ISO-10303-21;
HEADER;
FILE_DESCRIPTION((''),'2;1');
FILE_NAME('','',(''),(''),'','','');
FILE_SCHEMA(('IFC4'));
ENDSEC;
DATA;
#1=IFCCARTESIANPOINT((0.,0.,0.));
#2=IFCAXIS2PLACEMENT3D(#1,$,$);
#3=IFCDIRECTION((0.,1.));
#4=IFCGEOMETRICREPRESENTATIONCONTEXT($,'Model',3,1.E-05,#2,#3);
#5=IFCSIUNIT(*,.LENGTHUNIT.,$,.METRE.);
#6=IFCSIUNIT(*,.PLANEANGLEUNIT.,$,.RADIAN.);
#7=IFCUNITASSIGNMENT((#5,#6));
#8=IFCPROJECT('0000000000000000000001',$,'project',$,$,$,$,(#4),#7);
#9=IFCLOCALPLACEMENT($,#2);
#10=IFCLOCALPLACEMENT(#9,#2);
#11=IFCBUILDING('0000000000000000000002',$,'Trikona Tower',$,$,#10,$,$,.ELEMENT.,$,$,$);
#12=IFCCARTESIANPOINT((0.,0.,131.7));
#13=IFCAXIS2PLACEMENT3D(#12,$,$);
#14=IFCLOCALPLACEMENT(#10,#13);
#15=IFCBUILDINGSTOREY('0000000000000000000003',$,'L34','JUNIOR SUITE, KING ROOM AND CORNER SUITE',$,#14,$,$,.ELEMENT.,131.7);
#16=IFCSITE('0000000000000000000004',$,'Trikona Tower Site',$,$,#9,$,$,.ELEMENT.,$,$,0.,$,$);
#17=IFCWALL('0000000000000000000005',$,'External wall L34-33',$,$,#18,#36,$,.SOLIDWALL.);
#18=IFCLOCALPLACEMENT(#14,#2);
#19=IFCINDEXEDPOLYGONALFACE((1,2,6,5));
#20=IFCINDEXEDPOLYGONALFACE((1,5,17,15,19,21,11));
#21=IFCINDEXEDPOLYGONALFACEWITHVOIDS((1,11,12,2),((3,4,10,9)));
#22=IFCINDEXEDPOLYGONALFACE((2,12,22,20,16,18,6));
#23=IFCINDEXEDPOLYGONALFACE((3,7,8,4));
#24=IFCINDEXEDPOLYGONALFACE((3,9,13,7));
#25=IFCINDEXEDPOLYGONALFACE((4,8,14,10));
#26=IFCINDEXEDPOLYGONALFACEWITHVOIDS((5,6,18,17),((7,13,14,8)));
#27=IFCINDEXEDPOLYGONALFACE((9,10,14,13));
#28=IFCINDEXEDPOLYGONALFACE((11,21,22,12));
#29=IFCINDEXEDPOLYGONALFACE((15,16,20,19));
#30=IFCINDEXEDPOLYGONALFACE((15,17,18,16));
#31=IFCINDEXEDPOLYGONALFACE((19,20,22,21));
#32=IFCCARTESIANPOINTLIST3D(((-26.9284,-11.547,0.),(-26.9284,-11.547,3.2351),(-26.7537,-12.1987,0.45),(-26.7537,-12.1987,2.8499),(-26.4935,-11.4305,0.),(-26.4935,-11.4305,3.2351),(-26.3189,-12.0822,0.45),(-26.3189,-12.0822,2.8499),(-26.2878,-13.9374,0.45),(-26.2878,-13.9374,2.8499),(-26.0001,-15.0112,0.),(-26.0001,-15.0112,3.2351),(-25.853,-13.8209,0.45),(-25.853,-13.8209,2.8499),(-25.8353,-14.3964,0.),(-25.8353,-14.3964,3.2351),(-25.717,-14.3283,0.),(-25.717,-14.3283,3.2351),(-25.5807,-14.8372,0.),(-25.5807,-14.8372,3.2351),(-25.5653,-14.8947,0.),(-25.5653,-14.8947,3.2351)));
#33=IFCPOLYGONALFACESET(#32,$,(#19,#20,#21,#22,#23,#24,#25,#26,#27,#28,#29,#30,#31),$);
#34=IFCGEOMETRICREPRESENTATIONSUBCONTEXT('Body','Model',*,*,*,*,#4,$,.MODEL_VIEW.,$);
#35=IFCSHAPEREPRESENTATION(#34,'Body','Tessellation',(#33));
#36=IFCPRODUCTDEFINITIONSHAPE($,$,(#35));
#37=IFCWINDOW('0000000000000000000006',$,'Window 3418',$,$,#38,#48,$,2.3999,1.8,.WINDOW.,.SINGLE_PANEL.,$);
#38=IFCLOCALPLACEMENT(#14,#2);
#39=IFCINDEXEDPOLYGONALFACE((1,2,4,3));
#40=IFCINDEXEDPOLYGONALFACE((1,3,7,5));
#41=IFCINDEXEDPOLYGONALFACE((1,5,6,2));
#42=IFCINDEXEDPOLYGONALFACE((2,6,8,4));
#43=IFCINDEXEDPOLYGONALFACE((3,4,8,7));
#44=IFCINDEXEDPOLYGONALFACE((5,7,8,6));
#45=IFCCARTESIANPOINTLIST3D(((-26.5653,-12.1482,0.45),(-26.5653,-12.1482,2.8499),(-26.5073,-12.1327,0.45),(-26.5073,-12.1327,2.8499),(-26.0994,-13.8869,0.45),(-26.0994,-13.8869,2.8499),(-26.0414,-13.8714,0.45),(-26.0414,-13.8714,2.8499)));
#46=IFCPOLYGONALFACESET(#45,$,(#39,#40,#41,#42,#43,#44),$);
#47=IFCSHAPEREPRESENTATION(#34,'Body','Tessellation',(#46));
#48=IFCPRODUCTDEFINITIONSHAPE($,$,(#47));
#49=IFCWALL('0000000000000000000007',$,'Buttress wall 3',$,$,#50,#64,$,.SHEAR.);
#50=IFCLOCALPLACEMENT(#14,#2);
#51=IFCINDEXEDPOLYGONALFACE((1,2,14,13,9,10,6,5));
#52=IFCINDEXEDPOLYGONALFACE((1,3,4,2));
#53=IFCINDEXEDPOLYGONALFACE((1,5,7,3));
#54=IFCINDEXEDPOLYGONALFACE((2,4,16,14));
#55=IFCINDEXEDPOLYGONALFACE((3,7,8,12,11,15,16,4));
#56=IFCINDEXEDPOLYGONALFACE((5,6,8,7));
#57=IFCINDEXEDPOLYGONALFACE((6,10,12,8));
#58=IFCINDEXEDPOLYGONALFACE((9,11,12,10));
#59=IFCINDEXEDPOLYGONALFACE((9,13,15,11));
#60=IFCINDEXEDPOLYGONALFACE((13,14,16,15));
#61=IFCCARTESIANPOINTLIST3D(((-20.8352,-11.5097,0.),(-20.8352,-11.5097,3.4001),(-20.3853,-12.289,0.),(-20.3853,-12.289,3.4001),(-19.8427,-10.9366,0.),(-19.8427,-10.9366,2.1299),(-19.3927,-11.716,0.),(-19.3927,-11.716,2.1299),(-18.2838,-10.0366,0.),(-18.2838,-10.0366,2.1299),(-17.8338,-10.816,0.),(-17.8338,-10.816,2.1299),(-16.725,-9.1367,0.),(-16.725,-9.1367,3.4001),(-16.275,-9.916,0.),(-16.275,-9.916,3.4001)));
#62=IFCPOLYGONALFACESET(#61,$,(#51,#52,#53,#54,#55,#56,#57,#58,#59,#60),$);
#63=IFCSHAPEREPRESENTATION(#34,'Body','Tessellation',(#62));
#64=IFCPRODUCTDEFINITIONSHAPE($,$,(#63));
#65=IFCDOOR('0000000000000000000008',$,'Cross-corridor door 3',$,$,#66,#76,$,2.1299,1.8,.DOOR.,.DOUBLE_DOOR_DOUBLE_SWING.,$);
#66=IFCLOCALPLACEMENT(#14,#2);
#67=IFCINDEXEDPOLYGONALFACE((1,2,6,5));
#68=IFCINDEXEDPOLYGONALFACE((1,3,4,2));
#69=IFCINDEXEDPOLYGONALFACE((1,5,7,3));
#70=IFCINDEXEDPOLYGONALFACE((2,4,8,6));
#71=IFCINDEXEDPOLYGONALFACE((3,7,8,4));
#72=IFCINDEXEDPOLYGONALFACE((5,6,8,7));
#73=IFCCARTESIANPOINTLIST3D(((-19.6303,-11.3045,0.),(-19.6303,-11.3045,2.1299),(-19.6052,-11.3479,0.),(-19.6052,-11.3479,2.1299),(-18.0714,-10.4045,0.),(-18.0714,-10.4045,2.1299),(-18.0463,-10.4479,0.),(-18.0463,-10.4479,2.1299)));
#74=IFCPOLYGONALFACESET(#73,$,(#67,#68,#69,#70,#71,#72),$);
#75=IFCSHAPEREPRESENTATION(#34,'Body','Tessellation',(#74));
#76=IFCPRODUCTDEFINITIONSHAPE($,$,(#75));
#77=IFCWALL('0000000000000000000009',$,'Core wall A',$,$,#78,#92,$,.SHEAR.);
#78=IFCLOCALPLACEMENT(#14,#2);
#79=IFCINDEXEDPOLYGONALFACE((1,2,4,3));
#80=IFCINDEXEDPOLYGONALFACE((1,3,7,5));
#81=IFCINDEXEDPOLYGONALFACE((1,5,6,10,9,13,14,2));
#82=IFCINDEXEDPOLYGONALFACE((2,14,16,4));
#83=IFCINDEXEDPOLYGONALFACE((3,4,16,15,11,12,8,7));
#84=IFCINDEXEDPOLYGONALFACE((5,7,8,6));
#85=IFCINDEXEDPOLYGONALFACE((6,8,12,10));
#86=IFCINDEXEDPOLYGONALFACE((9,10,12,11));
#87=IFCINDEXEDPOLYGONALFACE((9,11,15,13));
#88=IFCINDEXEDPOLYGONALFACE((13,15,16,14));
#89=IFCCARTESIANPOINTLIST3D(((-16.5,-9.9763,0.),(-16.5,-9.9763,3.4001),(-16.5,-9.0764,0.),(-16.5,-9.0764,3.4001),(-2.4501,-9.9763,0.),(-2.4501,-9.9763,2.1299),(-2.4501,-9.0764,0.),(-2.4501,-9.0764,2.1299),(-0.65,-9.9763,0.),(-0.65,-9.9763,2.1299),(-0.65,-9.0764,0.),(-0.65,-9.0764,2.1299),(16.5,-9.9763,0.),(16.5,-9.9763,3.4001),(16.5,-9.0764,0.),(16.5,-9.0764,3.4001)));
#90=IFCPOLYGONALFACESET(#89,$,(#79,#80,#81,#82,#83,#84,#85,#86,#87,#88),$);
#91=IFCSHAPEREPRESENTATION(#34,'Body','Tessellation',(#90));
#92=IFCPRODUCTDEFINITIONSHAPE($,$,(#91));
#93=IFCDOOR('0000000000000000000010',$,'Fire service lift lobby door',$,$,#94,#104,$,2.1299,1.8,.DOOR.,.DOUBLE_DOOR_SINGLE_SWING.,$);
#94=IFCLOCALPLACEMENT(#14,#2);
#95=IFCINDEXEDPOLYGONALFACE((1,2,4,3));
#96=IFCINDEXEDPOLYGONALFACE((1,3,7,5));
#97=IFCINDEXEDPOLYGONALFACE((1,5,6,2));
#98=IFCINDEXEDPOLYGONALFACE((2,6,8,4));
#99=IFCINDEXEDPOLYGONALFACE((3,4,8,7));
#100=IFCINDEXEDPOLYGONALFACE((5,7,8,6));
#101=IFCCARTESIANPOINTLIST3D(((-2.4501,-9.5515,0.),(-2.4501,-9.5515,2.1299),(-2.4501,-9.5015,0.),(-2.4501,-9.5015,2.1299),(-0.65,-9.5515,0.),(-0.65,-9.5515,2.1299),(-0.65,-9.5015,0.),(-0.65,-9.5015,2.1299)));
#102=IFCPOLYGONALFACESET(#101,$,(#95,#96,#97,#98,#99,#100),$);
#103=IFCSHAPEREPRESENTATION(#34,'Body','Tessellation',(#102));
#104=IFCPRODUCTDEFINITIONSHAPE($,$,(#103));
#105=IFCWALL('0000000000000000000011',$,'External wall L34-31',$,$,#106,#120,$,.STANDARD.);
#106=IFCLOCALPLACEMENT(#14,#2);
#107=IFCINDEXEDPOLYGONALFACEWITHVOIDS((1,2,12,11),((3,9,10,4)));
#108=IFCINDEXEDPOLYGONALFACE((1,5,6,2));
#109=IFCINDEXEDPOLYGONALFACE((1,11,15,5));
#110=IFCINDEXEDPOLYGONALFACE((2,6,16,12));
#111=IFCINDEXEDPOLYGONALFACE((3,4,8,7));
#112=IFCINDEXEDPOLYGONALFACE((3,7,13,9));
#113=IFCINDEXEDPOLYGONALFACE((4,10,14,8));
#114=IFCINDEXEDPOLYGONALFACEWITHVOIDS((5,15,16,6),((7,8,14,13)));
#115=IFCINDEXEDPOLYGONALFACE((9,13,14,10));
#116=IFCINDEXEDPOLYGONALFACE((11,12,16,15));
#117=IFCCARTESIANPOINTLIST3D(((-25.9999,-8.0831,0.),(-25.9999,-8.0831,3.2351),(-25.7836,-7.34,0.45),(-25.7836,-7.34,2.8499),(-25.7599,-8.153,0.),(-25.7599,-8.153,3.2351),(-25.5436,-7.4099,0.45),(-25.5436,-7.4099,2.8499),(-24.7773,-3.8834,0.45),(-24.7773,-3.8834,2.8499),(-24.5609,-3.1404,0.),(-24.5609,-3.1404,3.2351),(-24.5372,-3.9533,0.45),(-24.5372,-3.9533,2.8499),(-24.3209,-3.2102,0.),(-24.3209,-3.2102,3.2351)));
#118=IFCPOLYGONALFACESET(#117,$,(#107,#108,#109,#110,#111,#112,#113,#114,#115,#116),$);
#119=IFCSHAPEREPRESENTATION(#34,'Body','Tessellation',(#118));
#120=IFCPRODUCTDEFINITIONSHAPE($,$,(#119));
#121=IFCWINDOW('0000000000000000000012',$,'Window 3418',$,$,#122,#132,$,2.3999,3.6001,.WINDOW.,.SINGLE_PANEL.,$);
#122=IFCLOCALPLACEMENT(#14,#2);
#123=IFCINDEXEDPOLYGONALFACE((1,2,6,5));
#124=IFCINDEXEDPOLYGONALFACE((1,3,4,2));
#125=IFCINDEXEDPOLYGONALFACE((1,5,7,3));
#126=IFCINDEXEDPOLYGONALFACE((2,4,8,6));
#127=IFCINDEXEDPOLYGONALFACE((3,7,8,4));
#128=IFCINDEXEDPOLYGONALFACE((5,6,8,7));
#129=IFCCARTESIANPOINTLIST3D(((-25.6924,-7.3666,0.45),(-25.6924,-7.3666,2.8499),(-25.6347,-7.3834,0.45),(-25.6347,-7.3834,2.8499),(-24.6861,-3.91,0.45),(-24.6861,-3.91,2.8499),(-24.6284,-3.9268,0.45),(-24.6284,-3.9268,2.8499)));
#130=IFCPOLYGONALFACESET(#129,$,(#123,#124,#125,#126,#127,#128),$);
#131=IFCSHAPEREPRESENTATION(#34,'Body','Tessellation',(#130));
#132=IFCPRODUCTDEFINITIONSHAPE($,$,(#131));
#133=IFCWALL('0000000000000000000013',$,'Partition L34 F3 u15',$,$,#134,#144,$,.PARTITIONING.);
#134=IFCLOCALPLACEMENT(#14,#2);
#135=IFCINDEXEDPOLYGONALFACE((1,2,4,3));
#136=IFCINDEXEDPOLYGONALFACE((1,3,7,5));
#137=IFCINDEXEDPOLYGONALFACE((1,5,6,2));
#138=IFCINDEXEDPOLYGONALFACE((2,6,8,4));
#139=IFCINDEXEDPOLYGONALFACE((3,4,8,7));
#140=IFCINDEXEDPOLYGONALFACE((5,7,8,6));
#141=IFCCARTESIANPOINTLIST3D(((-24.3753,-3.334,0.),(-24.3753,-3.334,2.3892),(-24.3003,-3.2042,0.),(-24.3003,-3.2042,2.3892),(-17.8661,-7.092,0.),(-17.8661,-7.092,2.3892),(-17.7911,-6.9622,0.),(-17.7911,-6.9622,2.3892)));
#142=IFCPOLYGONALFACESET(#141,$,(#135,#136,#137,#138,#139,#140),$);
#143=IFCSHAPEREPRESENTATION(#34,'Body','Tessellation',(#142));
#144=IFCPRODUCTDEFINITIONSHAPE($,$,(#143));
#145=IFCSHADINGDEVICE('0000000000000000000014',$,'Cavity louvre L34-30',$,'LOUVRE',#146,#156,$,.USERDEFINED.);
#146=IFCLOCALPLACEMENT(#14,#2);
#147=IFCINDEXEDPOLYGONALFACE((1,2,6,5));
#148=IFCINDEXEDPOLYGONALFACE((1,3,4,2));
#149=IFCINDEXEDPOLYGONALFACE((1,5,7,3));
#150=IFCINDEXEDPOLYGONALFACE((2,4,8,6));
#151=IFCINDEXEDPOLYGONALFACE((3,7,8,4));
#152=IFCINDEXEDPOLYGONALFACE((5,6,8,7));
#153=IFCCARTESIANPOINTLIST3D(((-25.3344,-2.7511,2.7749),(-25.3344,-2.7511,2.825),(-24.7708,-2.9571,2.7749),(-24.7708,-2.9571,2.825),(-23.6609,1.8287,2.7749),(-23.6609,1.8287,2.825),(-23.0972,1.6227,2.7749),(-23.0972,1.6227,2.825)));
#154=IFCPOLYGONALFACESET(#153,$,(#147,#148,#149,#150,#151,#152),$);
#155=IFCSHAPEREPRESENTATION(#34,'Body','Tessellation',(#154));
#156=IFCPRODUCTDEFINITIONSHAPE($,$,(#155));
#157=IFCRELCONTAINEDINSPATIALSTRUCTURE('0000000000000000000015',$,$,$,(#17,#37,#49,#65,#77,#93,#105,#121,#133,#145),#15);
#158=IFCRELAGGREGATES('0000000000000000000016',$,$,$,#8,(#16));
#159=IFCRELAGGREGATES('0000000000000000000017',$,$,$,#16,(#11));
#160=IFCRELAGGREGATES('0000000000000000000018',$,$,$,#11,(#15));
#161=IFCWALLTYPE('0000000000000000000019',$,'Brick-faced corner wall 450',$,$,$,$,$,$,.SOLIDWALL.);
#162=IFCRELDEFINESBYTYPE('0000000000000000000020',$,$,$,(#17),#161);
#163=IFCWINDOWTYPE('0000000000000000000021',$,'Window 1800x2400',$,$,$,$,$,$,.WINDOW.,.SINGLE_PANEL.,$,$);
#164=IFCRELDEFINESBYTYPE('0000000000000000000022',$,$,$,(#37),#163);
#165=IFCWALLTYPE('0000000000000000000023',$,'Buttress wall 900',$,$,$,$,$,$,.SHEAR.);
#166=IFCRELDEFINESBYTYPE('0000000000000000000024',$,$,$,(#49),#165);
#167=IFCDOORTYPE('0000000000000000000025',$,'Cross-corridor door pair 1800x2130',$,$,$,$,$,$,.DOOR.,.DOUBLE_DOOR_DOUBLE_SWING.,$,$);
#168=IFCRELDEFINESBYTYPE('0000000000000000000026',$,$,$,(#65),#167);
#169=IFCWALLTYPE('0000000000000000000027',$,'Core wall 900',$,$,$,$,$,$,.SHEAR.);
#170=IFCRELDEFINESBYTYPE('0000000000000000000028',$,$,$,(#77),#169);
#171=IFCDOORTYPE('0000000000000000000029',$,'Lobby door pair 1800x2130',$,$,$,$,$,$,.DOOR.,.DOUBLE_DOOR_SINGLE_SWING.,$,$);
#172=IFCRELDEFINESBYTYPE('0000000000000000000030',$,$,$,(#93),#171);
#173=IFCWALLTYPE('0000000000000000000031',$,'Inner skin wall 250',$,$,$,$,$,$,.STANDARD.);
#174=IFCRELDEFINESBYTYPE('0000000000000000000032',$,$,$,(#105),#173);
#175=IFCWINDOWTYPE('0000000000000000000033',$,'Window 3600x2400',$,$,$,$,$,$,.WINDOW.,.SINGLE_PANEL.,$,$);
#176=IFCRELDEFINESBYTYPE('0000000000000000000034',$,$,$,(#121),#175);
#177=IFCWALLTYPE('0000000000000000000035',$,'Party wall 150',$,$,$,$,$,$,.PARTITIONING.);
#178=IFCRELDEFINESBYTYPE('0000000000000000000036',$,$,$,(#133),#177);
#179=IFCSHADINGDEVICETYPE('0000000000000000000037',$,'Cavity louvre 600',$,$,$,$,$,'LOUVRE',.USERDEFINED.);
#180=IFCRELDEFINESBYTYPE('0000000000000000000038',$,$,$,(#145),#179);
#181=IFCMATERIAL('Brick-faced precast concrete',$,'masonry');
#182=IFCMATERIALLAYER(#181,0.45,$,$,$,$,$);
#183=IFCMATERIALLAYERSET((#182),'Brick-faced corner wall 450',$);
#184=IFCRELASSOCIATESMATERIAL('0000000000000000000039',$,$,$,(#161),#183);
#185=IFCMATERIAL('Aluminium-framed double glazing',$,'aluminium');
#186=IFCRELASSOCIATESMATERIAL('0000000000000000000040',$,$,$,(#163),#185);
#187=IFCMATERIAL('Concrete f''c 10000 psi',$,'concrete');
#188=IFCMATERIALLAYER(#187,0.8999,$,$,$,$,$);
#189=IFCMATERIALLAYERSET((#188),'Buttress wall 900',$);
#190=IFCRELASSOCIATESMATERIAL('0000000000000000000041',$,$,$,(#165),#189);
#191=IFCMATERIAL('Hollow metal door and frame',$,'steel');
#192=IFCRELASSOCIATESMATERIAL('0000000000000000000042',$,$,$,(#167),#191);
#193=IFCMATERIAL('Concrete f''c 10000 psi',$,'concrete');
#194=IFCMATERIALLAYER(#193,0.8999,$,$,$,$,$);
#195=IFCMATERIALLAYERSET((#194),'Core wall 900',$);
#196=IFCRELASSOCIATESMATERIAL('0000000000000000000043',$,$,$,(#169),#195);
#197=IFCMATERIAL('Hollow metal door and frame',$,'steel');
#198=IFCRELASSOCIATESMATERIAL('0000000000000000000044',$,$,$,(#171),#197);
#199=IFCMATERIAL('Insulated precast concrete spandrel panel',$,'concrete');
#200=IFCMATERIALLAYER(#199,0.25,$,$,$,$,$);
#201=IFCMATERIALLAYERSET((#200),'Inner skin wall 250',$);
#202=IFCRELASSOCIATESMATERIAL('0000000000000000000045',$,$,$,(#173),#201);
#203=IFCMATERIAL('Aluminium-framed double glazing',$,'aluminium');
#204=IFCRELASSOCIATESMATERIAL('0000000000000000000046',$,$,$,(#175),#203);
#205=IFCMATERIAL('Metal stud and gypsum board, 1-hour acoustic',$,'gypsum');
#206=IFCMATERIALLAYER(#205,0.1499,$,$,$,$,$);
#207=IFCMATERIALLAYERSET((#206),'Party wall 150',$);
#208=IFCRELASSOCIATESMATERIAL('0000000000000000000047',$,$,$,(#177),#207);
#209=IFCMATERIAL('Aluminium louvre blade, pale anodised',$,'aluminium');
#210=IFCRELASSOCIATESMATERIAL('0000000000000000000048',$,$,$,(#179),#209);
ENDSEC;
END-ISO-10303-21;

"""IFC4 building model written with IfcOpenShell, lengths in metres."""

from ifc_helpers import new_model, si_unit, direction, frame, frame_2d, origin, origin_2d, place, context, subcontext, project, spatial, polyline, rectangle, outline, extrude, material, layer, layer_set, type_object, element, fill, save


model = new_model("IFC4")

# Units and contexts
model_context = context("Model", 3, precision=1e-05, world=origin(), true_north=direction((0.0, 1.0)))
body_context = subcontext(model_context, "Body", "Model", "MODEL_VIEW")
ifc_project = project(units=[si_unit("LENGTHUNIT", "METRE"), si_unit("PLANEANGLEUNIT", "RADIAN")], contexts=[model_context])

# Site, building, storey
site_placement = place(None, origin())
site = spatial("IfcSite", under=ifc_project, at=site_placement, Name="Trikona Tower Site", CompositionType="ELEMENT", RefElevation=0.0)
building_placement = place(site_placement, origin())
building = spatial("IfcBuilding", under=site, at=building_placement, Name="Trikona Tower", CompositionType="ELEMENT")
storey_placement = place(building_placement, frame((0.0, 0.0, 131.7)))
storey = spatial("IfcBuildingStorey", under=building, at=storey_placement, Name="L34", Description="JUNIOR SUITE, KING ROOM AND CORNER SUITE", CompositionType="ELEMENT", Elevation=131.7)

# Wall, opening, window
ifc_material_1 = material(Name="Brick-faced precast concrete", Category="masonry")
ifc_layer_1 = layer(ifc_material_1, 0.45)
ifc_layer_set_1 = layer_set([ifc_layer_1], Name="Brick-faced corner wall 450")
wall_type_1 = type_object("IfcWallType", Name="Brick-faced corner wall 450", PredefinedType="SOLIDWALL", material=ifc_layer_set_1)
wall_1_placement = place(storey_placement, frame((-26.7109, -11.4888, 0.0), z_axis=(0.0, 0.0, 1.0), x_axis=(0.258823, -0.965925, 0.0)))
wall_1 = element("IfcWall", 1, at=wall_1_placement, inside=storey, type_object=wall_type_1, Name="External wall L34-33", PredefinedType="SOLIDWALL", context=body_context, shape_type="SweptSolid", body=[
    extrude(outline(polyline([(3.5864, 0.2251), (3.5269, 0.2251), (3.0352, 0.0933), (3.0, 0.2251), (0.0, 0.2251), (0.0, -0.2251), (3.5864, -0.2251), (3.5864, 0.2251)])), origin(), (0.0, 0.0, 1.0), 3.2351),
])
opening_1_placement = place(wall_1_placement, frame((0.6748, 0.0, 0.45)))
opening_1 = element("IfcOpeningElement", 2, at=opening_1_placement, cuts=wall_1, PredefinedType="OPENING", context=body_context, shape_type="SweptSolid", body=[
    extrude(rectangle(XDim=1.8, YDim=2.3999, at=frame_2d((0.8999, 1.2))), frame((0.0, 0.2349, 0.0), z_axis=(0.0, -1.0, 0.0), x_axis=(1.0, 0.0, 0.0)), (0.0, 0.0, 1.0), 0.47),
])
ifc_material_2 = material(Name="Aluminium-framed double glazing", Category="aluminium")
window_type_1 = type_object("IfcWindowType", Name="Window 1800x2400", PartitioningType="SINGLE_PANEL", PredefinedType="WINDOW", material=ifc_material_2)
window_1_placement = place(opening_1_placement, origin())
window_1 = element("IfcWindow", 3, at=window_1_placement, inside=storey, type_object=window_type_1, Name="Window 3418", OverallHeight=2.3999, OverallWidth=1.8, PartitioningType="SINGLE_PANEL", PredefinedType="WINDOW", context=body_context, shape_type="SweptSolid", body=[
    extrude(rectangle(XDim=1.8, YDim=2.3999, at=frame_2d((0.8999, 1.2))), frame((0.0, 0.03, 0.0), z_axis=(0.0, -1.0, 0.0), x_axis=(1.0, 0.0, 0.0)), (0.0, 0.0, 1.0), 0.0601),
])
fill(opening_1, window_1)

# Walls, openings, doors
ifc_material_3 = material(Name="Concrete f'c 10000 psi", Category="concrete")
ifc_layer_2 = layer(ifc_material_3, 0.8999)
ifc_layer_set_2 = layer_set([ifc_layer_2], Name="Buttress wall 900")
wall_type_2 = type_object("IfcWallType", Name="Buttress wall 900", PredefinedType="SHEAR", material=ifc_layer_set_2)
wall_2_placement = place(storey_placement, frame((-16.5, -9.5264, 0.0), z_axis=(0.0, 0.0, 1.0), x_axis=(-0.866031, -0.49999, 0.0)))
wall_2 = element("IfcWall", 4, at=wall_2_placement, inside=storey, type_object=wall_type_2, Name="Buttress wall 3", PredefinedType="SHEAR", context=body_context, shape_type="SweptSolid", body=[
    extrude(rectangle(XDim=4.7461, YDim=0.8999, at=frame_2d((2.373, 0.0))), origin(), (0.0, 0.0, 1.0), 3.4001),
])
opening_2_placement = place(wall_2_placement, frame((1.8, 0.0, 0.0)))
opening_2 = element("IfcOpeningElement", 5, at=opening_2_placement, cuts=wall_2, PredefinedType="OPENING", context=body_context, shape_type="SweptSolid", body=[
    extrude(rectangle(XDim=1.8, YDim=2.1299, at=frame_2d((0.8999, 1.0649))), frame((0.0, 0.46, 0.0), z_axis=(0.0, -1.0, 0.0), x_axis=(1.0, 0.0, 0.0)), (0.0, 0.0, 1.0), 0.9199),
])
ifc_material_4 = material(Name="Hollow metal door and frame", Category="steel")
door_type_1 = type_object("IfcDoorType", Name="Cross-corridor door pair 1800x2130", OperationType="DOUBLE_DOOR_DOUBLE_SWING", PredefinedType="DOOR", material=ifc_material_4)
door_1_placement = place(opening_2_placement, origin())
door_1 = element("IfcDoor", 6, at=door_1_placement, inside=storey, type_object=door_type_1, Name="Cross-corridor door 3", OperationType="DOUBLE_DOOR_DOUBLE_SWING", OverallHeight=2.1299, OverallWidth=1.8, PredefinedType="DOOR", context=body_context, shape_type="SweptSolid", body=[
    extrude(rectangle(XDim=1.8, YDim=2.1299, at=frame_2d((0.8999, 1.0649))), frame((0.0, 0.0249, 0.0), z_axis=(0.0, -1.0, 0.0), x_axis=(1.0, 0.0, 0.0)), (0.0, 0.0, 1.0), 0.05),
])
fill(opening_2, door_1)
ifc_material_5 = material(Name="Concrete f'c 10000 psi", Category="concrete")
ifc_layer_3 = layer(ifc_material_5, 0.8999)
ifc_layer_set_3 = layer_set([ifc_layer_3], Name="Core wall 900")
wall_type_3 = type_object("IfcWallType", Name="Core wall 900", PredefinedType="SHEAR", material=ifc_layer_set_3)
wall_3_placement = place(storey_placement, frame((-16.5, -9.5264, 0.0), z_axis=(0.0, 0.0, 1.0), x_axis=(1.0, 0.0, 0.0)))
wall_3 = element("IfcWall", 7, at=wall_3_placement, inside=storey, type_object=wall_type_3, Name="Core wall A", PredefinedType="SHEAR", context=body_context, shape_type="SweptSolid", body=[
    extrude(rectangle(XDim=33.0, YDim=0.8999, at=frame_2d((16.5, 0.0))), origin(), (0.0, 0.0, 1.0), 3.4001),
])
opening_3_placement = place(wall_3_placement, frame((14.05, 0.0, 0.0)))
opening_3 = element("IfcOpeningElement", 8, at=opening_3_placement, cuts=wall_3, PredefinedType="OPENING", context=body_context, shape_type="SweptSolid", body=[
    extrude(rectangle(XDim=1.8, YDim=2.1299, at=frame_2d((0.8999, 1.0649))), frame((0.0, 0.46, 0.0), z_axis=(0.0, -1.0, 0.0), x_axis=(1.0, 0.0, 0.0)), (0.0, 0.0, 1.0), 0.9199),
])
ifc_material_6 = material(Name="Hollow metal door and frame", Category="steel")
door_type_2 = type_object("IfcDoorType", Name="Lobby door pair 1800x2130", OperationType="DOUBLE_DOOR_SINGLE_SWING", PredefinedType="DOOR", material=ifc_material_6)
door_2_placement = place(opening_3_placement, origin())
door_2 = element("IfcDoor", 9, at=door_2_placement, inside=storey, type_object=door_type_2, Name="Fire service lift lobby door", OperationType="DOUBLE_DOOR_SINGLE_SWING", OverallHeight=2.1299, OverallWidth=1.8, PredefinedType="DOOR", context=body_context, shape_type="SweptSolid", body=[
    extrude(rectangle(XDim=1.8, YDim=2.1299, at=frame_2d((0.8999, 1.0649))), frame((0.0, 0.0249, 0.0), z_axis=(0.0, -1.0, 0.0), x_axis=(1.0, 0.0, 0.0)), (0.0, 0.0, 1.0), 0.05),
])
fill(opening_3, door_2)

# Wall, opening, window
ifc_material_7 = material(Name="Insulated precast concrete spandrel panel", Category="concrete")
ifc_layer_4 = layer(ifc_material_7, 0.25)
ifc_layer_set_4 = layer_set([ifc_layer_4], Name="Inner skin wall 250")
wall_type_4 = type_object("IfcWallType", Name="Inner skin wall 250", PredefinedType="STANDARD", material=ifc_layer_set_4)
wall_4_placement = place(storey_placement, frame((-24.4409, -3.1753, 0.0), z_axis=(0.0, 0.0, 1.0), x_axis=(-0.279528, -0.960137, 0.0)))
wall_4 = element("IfcWall", 10, at=wall_4_placement, inside=storey, type_object=wall_type_4, Name="External wall L34-31", PredefinedType="STANDARD", context=body_context, shape_type="SweptSolid", body=[
    extrude(rectangle(XDim=5.1479, YDim=0.25, at=frame_2d((2.574, 0.0))), origin(), (0.0, 0.0, 1.0), 3.2351),
])
opening_4_placement = place(wall_4_placement, frame((0.7739, 0.0, 0.45)))
opening_4 = element("IfcOpeningElement", 11, at=opening_4_placement, cuts=wall_4, PredefinedType="OPENING", context=body_context, shape_type="SweptSolid", body=[
    extrude(rectangle(XDim=3.6001, YDim=2.3999, at=frame_2d((1.8, 1.2))), frame((0.0, 0.135, 0.0), z_axis=(0.0, -1.0, 0.0), x_axis=(1.0, 0.0, 0.0)), (0.0, 0.0, 1.0), 0.27),
])
ifc_material_8 = material(Name="Aluminium-framed double glazing", Category="aluminium")
window_type_2 = type_object("IfcWindowType", Name="Window 3600x2400", PartitioningType="SINGLE_PANEL", PredefinedType="WINDOW", material=ifc_material_8)
window_2_placement = place(opening_4_placement, origin())
window_2 = element("IfcWindow", 12, at=window_2_placement, inside=storey, type_object=window_type_2, Name="Window 3418", OverallHeight=2.3999, OverallWidth=3.6001, PartitioningType="SINGLE_PANEL", PredefinedType="WINDOW", context=body_context, shape_type="SweptSolid", body=[
    extrude(rectangle(XDim=3.6001, YDim=2.3999, at=frame_2d((1.8, 1.2))), frame((0.0, 0.03, 0.0), z_axis=(0.0, -1.0, 0.0), x_axis=(1.0, 0.0, 0.0)), (0.0, 0.0, 1.0), 0.0601),
])
fill(opening_4, window_2)

# Wall
ifc_material_9 = material(Name="Metal stud and gypsum board, 1-hour acoustic", Category="gypsum")
ifc_layer_5 = layer(ifc_material_9, 0.1499)
ifc_layer_set_5 = layer_set([ifc_layer_5], Name="Party wall 150")
wall_type_5 = type_object("IfcWallType", Name="Party wall 150", PredefinedType="PARTITIONING", material=ifc_layer_set_5)
wall_5_placement = place(storey_placement, frame((-17.8286, -7.0271, 0.0), z_axis=(0.0, 0.0, 1.0), x_axis=(-0.86603, 0.499992, 0.0)))
element("IfcWall", 13, at=wall_5_placement, inside=storey, type_object=wall_type_5, Name="Partition L34 F3 u15", PredefinedType="PARTITIONING", context=body_context, shape_type="SweptSolid", body=[
    extrude(rectangle(XDim=7.5161, YDim=0.1499, at=frame_2d((3.7581, 0.0))), origin(), (0.0, 0.0, 1.0), 2.3892),
])

# Shading device
ifc_material_10 = material(Name="Aluminium louvre blade, pale anodised", Category="aluminium")
shading_device_type = type_object("IfcShadingDeviceType", Name="Cavity louvre 600", ElementType="LOUVRE", PredefinedType="USERDEFINED", material=ifc_material_10)
shading_device_1_placement = place(storey_placement, frame((-24.2158, -0.5642, 2.7749), z_axis=(0.0, 0.0, 1.0), x_axis=(-0.34322, -0.939255, 0.0)))
element("IfcShadingDevice", 14, at=shading_device_1_placement, inside=storey, type_object=shading_device_type, Name="Cavity louvre L34-30", ObjectType="LOUVRE", PredefinedType="USERDEFINED", context=body_context, shape_type="SweptSolid", body=[
    extrude(rectangle(XDim=4.876, YDim=0.6001, at=origin_2d()), origin(), (0.0, 0.0, 1.0), 0.05),
])

save(model, "model.ifc")
